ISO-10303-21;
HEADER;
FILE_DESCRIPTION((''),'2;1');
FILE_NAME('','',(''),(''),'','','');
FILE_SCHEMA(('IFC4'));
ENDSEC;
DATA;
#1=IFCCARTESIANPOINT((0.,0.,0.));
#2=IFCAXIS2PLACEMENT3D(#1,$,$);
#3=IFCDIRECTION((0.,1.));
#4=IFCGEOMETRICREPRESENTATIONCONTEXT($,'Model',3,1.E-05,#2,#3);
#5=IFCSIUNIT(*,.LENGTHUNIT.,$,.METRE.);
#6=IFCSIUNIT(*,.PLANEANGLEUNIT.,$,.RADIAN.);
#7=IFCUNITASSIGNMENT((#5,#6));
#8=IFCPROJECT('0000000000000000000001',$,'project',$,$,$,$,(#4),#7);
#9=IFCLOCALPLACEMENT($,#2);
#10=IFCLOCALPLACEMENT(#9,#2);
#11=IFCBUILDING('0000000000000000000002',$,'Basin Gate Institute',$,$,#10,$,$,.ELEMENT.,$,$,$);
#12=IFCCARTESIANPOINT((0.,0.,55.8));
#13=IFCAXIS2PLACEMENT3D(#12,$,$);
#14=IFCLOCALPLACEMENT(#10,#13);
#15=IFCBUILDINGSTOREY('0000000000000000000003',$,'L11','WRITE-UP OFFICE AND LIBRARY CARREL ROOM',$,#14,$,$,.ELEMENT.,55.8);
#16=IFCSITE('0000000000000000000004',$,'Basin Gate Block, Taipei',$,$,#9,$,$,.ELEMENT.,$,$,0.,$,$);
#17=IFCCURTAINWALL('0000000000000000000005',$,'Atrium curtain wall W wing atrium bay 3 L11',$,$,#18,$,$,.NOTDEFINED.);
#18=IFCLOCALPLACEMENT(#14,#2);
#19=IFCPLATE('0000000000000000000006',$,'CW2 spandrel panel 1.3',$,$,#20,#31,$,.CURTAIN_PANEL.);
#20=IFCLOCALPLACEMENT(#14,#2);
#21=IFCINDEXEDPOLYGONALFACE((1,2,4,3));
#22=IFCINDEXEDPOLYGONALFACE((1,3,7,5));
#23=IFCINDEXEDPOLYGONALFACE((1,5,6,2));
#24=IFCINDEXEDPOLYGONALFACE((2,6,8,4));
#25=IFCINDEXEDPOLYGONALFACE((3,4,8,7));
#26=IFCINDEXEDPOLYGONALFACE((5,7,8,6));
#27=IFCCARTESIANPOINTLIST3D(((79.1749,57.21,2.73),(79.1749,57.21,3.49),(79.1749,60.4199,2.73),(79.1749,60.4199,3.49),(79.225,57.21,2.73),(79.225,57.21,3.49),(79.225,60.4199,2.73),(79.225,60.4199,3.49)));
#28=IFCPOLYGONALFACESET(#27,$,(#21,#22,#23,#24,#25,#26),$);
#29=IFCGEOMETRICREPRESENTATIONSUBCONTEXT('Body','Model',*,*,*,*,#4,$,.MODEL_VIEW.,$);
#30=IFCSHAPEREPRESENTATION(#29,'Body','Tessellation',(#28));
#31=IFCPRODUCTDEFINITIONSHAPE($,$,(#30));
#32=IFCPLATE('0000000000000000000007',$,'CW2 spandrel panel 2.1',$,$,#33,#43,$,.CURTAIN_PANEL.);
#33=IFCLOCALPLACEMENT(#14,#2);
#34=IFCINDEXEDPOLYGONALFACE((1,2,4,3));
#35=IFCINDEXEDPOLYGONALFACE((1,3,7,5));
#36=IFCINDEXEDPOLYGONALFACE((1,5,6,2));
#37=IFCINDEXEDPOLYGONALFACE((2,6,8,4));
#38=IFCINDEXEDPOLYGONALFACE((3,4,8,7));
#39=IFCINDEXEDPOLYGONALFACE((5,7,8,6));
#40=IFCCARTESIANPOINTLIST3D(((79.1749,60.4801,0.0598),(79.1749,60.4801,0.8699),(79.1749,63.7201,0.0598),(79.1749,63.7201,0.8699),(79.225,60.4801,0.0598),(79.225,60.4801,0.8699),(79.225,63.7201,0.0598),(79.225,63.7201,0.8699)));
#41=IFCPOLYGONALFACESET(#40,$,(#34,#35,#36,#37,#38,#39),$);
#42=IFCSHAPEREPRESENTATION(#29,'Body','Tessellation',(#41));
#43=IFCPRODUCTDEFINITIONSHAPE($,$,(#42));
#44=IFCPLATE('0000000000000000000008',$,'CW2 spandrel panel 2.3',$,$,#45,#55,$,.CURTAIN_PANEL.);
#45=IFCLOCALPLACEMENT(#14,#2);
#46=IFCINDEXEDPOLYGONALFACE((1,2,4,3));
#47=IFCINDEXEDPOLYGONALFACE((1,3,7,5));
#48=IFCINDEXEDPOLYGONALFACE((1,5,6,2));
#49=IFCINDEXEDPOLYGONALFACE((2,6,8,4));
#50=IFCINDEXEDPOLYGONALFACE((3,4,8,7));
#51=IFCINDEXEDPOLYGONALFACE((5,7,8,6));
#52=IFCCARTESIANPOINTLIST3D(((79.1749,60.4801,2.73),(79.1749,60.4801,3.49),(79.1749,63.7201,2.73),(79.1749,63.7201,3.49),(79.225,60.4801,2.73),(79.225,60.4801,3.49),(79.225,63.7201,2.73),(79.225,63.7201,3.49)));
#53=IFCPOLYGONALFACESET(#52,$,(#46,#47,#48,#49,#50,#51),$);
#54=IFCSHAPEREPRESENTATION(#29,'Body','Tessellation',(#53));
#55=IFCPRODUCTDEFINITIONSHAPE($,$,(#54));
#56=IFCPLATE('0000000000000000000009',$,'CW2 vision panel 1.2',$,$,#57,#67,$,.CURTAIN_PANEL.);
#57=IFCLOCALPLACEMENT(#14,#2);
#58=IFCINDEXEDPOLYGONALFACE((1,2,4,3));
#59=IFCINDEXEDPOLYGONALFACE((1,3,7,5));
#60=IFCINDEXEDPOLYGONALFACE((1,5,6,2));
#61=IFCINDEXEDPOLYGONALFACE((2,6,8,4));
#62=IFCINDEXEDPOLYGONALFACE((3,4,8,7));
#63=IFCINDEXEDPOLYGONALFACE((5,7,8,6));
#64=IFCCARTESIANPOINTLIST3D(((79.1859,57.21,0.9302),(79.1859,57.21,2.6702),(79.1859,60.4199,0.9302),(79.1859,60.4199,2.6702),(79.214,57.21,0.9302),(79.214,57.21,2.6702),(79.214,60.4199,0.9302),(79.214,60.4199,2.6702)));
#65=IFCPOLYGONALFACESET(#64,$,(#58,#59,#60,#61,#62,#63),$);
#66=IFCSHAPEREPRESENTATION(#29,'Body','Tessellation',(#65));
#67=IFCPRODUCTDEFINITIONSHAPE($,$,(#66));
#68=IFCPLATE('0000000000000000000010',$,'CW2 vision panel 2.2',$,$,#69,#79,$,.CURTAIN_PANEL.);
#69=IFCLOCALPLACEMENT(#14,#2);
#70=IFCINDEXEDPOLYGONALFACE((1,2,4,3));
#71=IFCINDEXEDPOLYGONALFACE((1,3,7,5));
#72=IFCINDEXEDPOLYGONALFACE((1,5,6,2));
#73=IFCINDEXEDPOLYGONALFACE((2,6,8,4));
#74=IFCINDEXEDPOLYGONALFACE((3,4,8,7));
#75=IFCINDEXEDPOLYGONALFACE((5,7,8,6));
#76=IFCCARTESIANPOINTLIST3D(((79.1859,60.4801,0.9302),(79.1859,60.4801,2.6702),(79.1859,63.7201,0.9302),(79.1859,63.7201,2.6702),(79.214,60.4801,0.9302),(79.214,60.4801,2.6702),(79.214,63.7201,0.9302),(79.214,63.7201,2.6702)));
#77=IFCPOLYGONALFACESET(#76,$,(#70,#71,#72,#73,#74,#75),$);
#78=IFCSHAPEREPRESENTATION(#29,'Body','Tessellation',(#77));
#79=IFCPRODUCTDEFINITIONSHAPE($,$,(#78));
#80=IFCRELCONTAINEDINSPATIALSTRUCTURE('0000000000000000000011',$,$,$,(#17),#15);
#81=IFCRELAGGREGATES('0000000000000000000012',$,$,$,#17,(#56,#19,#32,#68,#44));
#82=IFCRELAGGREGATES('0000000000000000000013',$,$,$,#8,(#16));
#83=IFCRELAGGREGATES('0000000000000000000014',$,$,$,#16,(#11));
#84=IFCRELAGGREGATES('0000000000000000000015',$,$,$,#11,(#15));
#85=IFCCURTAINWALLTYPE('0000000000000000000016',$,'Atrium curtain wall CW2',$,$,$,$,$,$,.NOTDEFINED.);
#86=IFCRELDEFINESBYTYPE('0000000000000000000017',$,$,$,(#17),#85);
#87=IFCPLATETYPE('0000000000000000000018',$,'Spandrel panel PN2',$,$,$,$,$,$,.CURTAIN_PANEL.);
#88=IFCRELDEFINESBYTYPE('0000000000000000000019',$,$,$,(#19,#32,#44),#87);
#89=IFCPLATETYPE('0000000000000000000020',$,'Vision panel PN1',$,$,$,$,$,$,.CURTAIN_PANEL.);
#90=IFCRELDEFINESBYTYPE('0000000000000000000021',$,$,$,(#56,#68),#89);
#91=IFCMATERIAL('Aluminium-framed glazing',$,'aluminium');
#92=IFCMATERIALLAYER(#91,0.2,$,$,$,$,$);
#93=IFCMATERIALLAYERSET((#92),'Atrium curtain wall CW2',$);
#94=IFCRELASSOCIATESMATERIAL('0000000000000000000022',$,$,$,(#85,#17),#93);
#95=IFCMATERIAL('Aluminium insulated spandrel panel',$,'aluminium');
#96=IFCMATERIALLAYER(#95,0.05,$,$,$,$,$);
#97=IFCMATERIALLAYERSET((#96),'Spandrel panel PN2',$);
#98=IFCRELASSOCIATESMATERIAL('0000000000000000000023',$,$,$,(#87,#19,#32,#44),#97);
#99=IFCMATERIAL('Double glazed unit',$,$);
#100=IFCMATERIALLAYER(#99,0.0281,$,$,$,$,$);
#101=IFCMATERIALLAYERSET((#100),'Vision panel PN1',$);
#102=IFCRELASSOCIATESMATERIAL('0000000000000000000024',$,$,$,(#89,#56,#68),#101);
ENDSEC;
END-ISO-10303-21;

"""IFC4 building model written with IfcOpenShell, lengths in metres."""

from ifc_helpers import new_model, si_unit, direction, frame, origin, origin_2d, place, context, subcontext, project, spatial, rectangle, extrude, material, layer, layer_set, type_object, element, aggregate, save


model = new_model("IFC4")

# Units and contexts
model_context = context("Model", 3, precision=1e-05, world=origin(), true_north=direction((0.0, 1.0)))
body_context = subcontext(model_context, "Body", "Model", "MODEL_VIEW")
ifc_project = project(units=[si_unit("LENGTHUNIT", "METRE"), si_unit("PLANEANGLEUNIT", "RADIAN")], contexts=[model_context])

# Site, building, storey
site_placement = place(None, origin())
site = spatial("IfcSite", under=ifc_project, at=site_placement, Name="Basin Gate Block, Taipei", CompositionType="ELEMENT", RefElevation=0.0)
building_placement = place(site_placement, origin())
building = spatial("IfcBuilding", under=site, at=building_placement, Name="Basin Gate Institute", CompositionType="ELEMENT")
storey_placement = place(building_placement, frame((0.0, 0.0, 55.8)))
storey = spatial("IfcBuildingStorey", under=building, at=storey_placement, Name="L11", Description="WRITE-UP OFFICE AND LIBRARY CARREL ROOM", CompositionType="ELEMENT", Elevation=55.8)

# Curtain wall, plates
ifc_material_1 = material(Name="Aluminium-framed glazing", Category="aluminium")
ifc_layer_1 = layer(ifc_material_1, 0.2)
ifc_layer_set_1 = layer_set([ifc_layer_1], Name="Atrium curtain wall CW2")
curtain_wall_type = type_object("IfcCurtainWallType", Name="Atrium curtain wall CW2", PredefinedType="NOTDEFINED", material=ifc_layer_set_1)
curtain_wall_placement = place(storey_placement, origin())
curtain_wall = element("IfcCurtainWall", 1, at=curtain_wall_placement, inside=storey, type_object=curtain_wall_type, material=ifc_layer_set_1, Name="Atrium curtain wall W wing atrium bay 3 L11", PredefinedType="NOTDEFINED")
ifc_material_2 = material(Name="Aluminium insulated spandrel panel", Category="aluminium")
ifc_layer_2 = layer(ifc_material_2, 0.05)
ifc_layer_set_2 = layer_set([ifc_layer_2], Name="Spandrel panel PN2")
plate_type_1 = type_object("IfcPlateType", Name="Spandrel panel PN2", PredefinedType="CURTAIN_PANEL", material=ifc_layer_set_2)
plate_1_placement = place(storey_placement, frame((79.2, 58.8149, 2.73), z_axis=(0.0, 0.0, 1.0), x_axis=(0.0, 1.0, 0.0)))
plate_1 = element("IfcPlate", 2, at=plate_1_placement, type_object=plate_type_1, material=ifc_layer_set_2, Name="CW2 spandrel panel 1.3", PredefinedType="CURTAIN_PANEL", context=body_context, shape_type="SweptSolid", body=[
    extrude(rectangle(XDim=3.21, YDim=0.05, at=origin_2d()), origin(), (0.0, 0.0, 1.0), 0.76),
])
plate_2_placement = place(storey_placement, frame((79.2, 62.1001, 0.0598), z_axis=(0.0, 0.0, 1.0), x_axis=(0.0, 1.0, 0.0)))
plate_2 = element("IfcPlate", 3, at=plate_2_placement, type_object=plate_type_1, material=ifc_layer_set_2, Name="CW2 spandrel panel 2.1", PredefinedType="CURTAIN_PANEL", context=body_context, shape_type="SweptSolid", body=[
    extrude(rectangle(XDim=3.24, YDim=0.05, at=origin_2d()), origin(), (0.0, 0.0, 1.0), 0.8101),
])
plate_3_placement = place(storey_placement, frame((79.2, 62.1001, 2.73), z_axis=(0.0, 0.0, 1.0), x_axis=(0.0, 1.0, 0.0)))
plate_3 = element("IfcPlate", 4, at=plate_3_placement, type_object=plate_type_1, material=ifc_layer_set_2, Name="CW2 spandrel panel 2.3", PredefinedType="CURTAIN_PANEL", context=body_context, shape_type="SweptSolid", body=[
    extrude(rectangle(XDim=3.24, YDim=0.05, at=origin_2d()), origin(), (0.0, 0.0, 1.0), 0.76),
])
ifc_material_3 = material(Name="Double glazed unit")
ifc_layer_3 = layer(ifc_material_3, 0.0281)
ifc_layer_set_3 = layer_set([ifc_layer_3], Name="Vision panel PN1")
plate_type_2 = type_object("IfcPlateType", Name="Vision panel PN1", PredefinedType="CURTAIN_PANEL", material=ifc_layer_set_3)
plate_4_placement = place(storey_placement, frame((79.2, 58.8149, 0.9302), z_axis=(0.0, 0.0, 1.0), x_axis=(0.0, 1.0, 0.0)))
plate_4 = element("IfcPlate", 5, at=plate_4_placement, type_object=plate_type_2, material=ifc_layer_set_3, Name="CW2 vision panel 1.2", PredefinedType="CURTAIN_PANEL", context=body_context, shape_type="SweptSolid", body=[
    extrude(rectangle(XDim=3.21, YDim=0.0281, at=origin_2d()), origin(), (0.0, 0.0, 1.0), 1.74),
])
plate_5_placement = place(storey_placement, frame((79.2, 62.1001, 0.9302), z_axis=(0.0, 0.0, 1.0), x_axis=(0.0, 1.0, 0.0)))
plate_5 = element("IfcPlate", 6, at=plate_5_placement, type_object=plate_type_2, material=ifc_layer_set_3, Name="CW2 vision panel 2.2", PredefinedType="CURTAIN_PANEL", context=body_context, shape_type="SweptSolid", body=[
    extrude(rectangle(XDim=3.24, YDim=0.0281, at=origin_2d()), origin(), (0.0, 0.0, 1.0), 1.74),
])
aggregate(curtain_wall, [plate_4, plate_1, plate_2, plate_5, plate_3])

save(model, "model.ifc")
